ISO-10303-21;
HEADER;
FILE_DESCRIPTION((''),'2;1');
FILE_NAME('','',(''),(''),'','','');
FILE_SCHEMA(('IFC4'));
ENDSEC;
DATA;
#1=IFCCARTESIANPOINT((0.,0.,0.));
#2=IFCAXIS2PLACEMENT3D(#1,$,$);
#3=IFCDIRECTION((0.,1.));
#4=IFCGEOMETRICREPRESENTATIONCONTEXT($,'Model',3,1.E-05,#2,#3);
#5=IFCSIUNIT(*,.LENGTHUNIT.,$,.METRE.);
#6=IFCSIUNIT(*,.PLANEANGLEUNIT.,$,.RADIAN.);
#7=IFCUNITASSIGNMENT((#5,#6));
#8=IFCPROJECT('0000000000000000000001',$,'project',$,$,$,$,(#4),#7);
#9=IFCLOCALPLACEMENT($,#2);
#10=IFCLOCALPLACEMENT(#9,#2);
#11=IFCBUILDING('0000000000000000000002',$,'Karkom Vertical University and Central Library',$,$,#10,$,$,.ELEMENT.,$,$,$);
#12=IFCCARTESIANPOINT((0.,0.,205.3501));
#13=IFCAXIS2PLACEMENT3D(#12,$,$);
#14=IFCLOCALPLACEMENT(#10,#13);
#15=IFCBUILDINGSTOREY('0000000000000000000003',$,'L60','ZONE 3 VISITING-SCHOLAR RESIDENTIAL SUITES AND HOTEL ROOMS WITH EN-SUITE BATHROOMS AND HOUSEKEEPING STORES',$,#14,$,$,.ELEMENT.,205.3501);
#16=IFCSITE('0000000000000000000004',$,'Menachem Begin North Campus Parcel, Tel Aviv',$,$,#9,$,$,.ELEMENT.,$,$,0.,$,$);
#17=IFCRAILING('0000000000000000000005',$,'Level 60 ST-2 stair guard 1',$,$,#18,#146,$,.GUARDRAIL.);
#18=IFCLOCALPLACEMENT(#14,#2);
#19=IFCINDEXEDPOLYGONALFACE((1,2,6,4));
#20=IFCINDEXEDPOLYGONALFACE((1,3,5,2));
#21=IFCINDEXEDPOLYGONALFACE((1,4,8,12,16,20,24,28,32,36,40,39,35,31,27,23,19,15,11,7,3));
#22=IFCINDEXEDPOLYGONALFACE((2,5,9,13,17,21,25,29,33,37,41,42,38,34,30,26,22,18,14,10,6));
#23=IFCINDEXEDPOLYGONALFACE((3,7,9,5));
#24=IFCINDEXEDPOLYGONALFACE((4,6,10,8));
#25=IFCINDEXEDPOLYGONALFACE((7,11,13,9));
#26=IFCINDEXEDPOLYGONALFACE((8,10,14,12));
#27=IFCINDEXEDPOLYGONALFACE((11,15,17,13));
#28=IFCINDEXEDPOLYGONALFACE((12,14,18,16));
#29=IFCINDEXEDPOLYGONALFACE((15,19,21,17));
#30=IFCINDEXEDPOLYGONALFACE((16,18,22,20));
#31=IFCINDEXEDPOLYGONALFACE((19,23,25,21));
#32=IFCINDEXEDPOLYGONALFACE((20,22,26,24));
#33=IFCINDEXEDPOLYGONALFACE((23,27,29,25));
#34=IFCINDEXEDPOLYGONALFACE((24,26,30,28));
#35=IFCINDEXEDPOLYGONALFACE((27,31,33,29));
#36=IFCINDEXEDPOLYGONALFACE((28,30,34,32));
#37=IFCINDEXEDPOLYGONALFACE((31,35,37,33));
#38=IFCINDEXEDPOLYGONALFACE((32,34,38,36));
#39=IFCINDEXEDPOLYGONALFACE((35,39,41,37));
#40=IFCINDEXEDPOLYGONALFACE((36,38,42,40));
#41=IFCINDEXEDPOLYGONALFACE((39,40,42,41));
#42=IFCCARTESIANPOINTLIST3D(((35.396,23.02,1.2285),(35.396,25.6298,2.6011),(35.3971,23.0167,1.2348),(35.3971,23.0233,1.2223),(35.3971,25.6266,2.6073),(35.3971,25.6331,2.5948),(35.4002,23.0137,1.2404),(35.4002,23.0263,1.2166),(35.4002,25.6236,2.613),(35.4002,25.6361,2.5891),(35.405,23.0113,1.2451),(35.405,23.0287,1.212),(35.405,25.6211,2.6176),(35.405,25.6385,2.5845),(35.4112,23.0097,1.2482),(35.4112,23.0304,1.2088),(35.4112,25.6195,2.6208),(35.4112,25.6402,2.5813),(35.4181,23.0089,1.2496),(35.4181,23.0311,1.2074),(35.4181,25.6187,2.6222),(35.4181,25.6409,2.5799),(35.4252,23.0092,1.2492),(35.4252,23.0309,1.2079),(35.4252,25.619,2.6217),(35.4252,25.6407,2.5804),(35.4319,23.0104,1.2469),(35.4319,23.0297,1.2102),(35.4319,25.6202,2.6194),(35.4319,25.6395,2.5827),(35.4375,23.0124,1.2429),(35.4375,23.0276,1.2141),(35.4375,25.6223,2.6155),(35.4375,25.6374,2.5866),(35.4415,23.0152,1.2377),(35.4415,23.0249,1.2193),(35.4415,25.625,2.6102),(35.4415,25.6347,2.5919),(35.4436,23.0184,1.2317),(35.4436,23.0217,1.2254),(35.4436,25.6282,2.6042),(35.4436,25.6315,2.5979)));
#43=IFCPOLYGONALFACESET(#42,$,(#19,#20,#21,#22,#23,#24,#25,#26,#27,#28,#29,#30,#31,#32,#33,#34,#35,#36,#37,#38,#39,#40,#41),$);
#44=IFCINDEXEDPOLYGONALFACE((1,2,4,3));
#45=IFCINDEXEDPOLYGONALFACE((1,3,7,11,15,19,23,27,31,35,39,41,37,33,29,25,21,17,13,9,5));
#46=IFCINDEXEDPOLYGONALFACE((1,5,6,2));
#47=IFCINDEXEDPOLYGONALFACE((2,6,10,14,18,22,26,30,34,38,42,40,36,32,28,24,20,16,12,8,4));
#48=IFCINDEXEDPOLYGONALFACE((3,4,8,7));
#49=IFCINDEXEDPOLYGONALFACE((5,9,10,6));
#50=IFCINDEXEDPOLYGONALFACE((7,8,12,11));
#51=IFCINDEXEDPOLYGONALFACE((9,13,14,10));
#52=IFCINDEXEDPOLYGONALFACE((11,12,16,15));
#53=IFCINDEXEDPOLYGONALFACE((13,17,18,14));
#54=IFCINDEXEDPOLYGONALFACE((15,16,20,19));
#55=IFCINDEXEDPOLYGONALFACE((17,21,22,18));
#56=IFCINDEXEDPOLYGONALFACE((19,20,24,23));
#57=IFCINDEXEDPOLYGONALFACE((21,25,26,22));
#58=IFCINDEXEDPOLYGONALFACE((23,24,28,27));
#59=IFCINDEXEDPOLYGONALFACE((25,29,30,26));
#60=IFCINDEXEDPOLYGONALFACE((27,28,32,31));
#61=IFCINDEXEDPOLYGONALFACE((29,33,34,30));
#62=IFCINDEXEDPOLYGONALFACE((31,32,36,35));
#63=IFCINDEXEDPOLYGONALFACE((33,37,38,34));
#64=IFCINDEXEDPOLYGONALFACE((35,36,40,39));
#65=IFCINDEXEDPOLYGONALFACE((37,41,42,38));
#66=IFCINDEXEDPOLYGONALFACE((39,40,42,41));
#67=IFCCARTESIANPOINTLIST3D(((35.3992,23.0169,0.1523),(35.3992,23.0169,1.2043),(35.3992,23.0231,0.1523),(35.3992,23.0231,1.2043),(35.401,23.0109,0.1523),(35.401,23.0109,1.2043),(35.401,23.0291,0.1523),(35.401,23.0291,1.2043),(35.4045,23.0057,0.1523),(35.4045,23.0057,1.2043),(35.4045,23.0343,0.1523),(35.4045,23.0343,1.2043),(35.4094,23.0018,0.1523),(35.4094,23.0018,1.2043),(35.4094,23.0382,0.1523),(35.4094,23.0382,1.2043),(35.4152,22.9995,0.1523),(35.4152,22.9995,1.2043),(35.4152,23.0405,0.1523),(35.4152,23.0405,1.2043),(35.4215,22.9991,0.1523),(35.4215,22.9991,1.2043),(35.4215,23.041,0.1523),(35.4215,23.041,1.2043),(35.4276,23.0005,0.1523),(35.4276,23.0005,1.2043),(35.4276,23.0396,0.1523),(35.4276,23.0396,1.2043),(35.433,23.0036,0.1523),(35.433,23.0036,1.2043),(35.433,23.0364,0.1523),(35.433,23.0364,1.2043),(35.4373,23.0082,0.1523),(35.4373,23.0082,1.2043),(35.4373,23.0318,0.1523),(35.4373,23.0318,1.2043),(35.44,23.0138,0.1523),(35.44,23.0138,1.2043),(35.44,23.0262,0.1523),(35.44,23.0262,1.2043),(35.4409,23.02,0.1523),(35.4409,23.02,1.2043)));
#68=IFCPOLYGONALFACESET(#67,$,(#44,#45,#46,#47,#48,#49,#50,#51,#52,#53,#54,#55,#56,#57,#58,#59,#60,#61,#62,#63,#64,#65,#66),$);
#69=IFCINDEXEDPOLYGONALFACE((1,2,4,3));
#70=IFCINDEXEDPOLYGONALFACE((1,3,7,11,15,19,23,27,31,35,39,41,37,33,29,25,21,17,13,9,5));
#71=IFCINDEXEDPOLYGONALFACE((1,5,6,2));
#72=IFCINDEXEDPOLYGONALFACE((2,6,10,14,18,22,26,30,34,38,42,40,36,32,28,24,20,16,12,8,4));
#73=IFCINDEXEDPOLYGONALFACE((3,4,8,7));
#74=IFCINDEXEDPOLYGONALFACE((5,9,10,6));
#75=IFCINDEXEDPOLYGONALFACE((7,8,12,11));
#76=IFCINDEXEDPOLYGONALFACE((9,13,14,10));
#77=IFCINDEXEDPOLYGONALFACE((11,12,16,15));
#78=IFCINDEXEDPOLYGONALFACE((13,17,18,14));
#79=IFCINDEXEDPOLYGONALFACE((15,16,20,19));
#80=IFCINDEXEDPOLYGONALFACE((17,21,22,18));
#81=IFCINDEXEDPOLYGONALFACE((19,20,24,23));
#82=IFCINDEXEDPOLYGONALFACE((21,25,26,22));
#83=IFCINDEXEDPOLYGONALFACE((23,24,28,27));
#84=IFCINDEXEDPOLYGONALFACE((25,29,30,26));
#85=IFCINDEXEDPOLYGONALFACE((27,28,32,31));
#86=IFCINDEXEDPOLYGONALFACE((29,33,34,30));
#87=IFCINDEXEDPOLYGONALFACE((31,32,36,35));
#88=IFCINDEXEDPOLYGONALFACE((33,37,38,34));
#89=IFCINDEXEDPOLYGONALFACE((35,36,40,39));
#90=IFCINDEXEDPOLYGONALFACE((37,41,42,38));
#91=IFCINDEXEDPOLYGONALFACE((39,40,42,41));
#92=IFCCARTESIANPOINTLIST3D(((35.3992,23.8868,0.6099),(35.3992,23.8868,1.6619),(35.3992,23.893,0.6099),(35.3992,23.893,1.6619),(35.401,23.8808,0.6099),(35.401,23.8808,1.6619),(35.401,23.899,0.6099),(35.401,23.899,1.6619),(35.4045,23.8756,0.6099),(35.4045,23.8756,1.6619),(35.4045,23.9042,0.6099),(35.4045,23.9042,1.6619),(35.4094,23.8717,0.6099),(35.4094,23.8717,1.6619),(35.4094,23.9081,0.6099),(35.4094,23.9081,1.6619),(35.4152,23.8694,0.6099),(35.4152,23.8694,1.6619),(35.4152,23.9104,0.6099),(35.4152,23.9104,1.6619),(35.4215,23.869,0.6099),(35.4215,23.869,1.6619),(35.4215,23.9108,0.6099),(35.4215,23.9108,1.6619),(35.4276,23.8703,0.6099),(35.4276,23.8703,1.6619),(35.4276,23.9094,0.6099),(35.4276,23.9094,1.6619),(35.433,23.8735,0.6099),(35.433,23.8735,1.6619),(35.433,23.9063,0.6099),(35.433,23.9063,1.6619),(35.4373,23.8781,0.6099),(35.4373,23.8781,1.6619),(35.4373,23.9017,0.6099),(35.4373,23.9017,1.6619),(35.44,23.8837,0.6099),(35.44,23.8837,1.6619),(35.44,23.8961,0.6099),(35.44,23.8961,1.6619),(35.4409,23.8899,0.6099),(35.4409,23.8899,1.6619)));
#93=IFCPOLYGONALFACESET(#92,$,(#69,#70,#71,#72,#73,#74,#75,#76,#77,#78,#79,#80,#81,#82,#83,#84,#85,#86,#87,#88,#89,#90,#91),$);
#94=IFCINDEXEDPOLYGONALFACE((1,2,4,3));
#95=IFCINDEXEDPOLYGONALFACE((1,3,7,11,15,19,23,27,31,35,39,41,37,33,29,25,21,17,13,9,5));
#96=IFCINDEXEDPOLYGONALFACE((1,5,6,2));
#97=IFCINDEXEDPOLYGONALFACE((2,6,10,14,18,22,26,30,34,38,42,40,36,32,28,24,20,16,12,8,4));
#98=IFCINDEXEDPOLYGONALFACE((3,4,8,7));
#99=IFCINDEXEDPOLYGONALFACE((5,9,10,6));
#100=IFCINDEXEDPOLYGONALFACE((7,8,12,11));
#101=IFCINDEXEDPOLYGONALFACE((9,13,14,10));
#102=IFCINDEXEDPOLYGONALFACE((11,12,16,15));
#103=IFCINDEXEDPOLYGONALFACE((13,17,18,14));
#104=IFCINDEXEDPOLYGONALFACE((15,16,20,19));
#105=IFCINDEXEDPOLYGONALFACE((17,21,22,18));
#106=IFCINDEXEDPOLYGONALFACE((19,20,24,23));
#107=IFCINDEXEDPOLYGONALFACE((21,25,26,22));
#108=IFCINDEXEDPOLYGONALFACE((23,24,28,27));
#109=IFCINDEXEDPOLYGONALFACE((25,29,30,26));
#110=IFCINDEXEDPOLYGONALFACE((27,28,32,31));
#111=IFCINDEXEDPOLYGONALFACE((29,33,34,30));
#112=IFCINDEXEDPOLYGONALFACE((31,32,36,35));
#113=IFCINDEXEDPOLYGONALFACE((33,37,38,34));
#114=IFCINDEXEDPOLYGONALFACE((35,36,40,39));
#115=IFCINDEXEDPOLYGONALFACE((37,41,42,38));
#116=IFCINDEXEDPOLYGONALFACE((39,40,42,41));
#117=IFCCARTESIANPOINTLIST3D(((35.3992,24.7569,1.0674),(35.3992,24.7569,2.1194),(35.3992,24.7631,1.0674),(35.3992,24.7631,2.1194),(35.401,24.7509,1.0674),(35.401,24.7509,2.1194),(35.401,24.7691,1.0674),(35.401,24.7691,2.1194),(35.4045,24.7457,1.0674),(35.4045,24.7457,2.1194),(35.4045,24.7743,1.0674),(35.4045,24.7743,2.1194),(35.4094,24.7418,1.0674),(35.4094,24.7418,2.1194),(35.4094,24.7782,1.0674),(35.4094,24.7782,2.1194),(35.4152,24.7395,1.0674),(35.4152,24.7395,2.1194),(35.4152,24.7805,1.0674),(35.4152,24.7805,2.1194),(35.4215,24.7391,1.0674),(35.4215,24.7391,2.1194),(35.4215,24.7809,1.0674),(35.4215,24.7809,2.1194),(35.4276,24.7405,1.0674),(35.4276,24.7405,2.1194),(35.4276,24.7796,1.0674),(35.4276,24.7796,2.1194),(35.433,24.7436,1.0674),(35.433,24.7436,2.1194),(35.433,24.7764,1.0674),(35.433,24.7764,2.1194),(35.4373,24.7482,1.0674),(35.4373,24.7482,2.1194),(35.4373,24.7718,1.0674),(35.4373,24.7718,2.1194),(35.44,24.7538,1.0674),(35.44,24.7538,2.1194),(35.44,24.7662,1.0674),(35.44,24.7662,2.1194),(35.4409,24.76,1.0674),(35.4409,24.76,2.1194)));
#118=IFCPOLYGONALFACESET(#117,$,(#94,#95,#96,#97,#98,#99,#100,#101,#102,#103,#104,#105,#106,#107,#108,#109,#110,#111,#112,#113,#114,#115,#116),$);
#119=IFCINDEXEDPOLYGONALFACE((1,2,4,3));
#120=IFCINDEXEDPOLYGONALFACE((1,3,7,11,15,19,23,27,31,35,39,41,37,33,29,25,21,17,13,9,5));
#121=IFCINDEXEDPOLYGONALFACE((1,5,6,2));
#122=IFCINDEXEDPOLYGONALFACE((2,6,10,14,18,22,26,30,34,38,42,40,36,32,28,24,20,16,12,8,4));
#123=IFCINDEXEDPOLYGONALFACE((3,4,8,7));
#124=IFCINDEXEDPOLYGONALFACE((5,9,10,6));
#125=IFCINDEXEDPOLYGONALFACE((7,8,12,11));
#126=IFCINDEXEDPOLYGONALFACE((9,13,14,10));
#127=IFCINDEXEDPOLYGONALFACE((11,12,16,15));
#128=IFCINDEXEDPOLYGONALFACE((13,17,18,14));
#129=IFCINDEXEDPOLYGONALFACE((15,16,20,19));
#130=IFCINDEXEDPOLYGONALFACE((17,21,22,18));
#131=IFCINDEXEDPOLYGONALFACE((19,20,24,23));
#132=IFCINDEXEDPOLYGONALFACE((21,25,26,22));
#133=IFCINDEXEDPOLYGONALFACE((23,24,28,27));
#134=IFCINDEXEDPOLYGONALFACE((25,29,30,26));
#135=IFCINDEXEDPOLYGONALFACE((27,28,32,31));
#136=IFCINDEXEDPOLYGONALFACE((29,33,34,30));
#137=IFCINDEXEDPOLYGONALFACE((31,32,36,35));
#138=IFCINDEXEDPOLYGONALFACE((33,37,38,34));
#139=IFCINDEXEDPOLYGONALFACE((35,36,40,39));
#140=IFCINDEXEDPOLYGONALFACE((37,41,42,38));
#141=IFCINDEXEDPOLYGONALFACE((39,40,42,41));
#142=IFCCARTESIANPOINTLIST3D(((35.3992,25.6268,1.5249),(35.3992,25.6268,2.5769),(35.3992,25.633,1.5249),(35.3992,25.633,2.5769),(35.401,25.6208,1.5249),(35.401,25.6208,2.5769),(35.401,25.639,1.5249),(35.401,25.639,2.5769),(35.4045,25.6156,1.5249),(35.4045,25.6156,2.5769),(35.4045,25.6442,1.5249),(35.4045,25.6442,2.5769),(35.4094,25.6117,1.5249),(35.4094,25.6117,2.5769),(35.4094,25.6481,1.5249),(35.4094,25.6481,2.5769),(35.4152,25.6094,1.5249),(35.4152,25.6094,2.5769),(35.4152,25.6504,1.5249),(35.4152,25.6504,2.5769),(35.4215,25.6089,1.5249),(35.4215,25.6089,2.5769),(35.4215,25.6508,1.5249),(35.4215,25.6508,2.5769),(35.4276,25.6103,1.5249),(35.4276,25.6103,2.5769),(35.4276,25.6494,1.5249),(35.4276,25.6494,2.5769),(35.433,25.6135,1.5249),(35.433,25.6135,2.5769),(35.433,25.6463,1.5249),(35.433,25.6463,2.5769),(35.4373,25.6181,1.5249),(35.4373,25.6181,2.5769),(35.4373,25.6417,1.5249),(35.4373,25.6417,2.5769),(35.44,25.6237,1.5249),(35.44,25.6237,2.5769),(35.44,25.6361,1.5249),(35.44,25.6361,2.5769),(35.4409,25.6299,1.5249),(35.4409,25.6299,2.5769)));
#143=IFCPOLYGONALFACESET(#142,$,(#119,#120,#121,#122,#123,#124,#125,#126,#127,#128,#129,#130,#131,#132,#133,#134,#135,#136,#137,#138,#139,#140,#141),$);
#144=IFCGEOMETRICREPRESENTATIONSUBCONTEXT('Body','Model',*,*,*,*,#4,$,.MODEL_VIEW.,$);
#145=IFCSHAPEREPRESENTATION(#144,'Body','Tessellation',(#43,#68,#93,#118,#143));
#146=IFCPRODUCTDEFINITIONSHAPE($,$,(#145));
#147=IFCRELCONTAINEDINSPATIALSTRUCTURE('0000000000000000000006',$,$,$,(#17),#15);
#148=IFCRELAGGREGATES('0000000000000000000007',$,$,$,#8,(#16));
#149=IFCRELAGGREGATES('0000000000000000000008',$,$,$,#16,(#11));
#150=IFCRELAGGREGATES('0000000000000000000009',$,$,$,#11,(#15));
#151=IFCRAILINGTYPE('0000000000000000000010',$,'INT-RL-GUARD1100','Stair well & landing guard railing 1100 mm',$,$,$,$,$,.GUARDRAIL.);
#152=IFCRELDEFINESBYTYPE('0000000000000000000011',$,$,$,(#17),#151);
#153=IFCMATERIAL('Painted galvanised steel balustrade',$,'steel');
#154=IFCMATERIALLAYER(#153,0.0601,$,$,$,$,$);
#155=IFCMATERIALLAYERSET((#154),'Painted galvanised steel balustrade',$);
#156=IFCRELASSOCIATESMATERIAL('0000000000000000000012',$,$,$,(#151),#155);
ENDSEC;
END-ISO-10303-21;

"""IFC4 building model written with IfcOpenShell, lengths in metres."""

from ifc_helpers import new_model, si_unit, direction, frame, origin, origin_2d, place, context, subcontext, project, spatial, circle, extrude, material, layer, layer_set, type_object, element, save


model = new_model("IFC4")

# Units and contexts
model_context = context("Model", 3, precision=1e-05, world=origin(), true_north=direction((0.0, 1.0)))
body_context = subcontext(model_context, "Body", "Model", "MODEL_VIEW")
ifc_project = project(units=[si_unit("LENGTHUNIT", "METRE"), si_unit("PLANEANGLEUNIT", "RADIAN")], contexts=[model_context])

# Site, building, storey
site_placement = place(None, origin())
site = spatial("IfcSite", under=ifc_project, at=site_placement, Name="Menachem Begin North Campus Parcel, Tel Aviv", CompositionType="ELEMENT", RefElevation=0.0)
building_placement = place(site_placement, origin())
building = spatial("IfcBuilding", under=site, at=building_placement, Name="Karkom Vertical University and Central Library", CompositionType="ELEMENT")
storey_placement = place(building_placement, frame((0.0, 0.0, 205.3501)))
storey = spatial("IfcBuildingStorey", under=building, at=storey_placement, Name="L60", Description="ZONE 3 VISITING-SCHOLAR RESIDENTIAL SUITES AND HOTEL ROOMS WITH EN-SUITE BATHROOMS AND HOUSEKEEPING STORES", CompositionType="ELEMENT", Elevation=205.3501)

# Railing
ifc_material_1 = material(Name="Painted galvanised steel balustrade", Category="steel")
ifc_layer_1 = layer(ifc_material_1, 0.0601)
ifc_layer_set_1 = layer_set([ifc_layer_1], Name="Painted galvanised steel balustrade")
railing_type_1 = type_object("IfcRailingType", Name="INT-RL-GUARD1100", Description="Stair well & landing guard railing 1100 mm", PredefinedType="GUARDRAIL", material=ifc_layer_set_1)
railing_1_placement = place(storey_placement, frame((35.4199, 23.02, 0.1523)))
element("IfcRailing", 1, at=railing_1_placement, inside=storey, type_object=railing_type_1, Name="Level 60 ST-2 stair guard 1", PredefinedType="GUARDRAIL", context=body_context, shape_type="SweptSolid", body=[
    extrude(circle(Radius=0.0239, at=origin_2d()), frame((0.0, 0.0, 1.0762), z_axis=(0.0, 0.885065, 0.465467), x_axis=(-1.0, 0.0, 0.0)), (0.0, 0.0, 1.0), 2.9487),
    extrude(circle(Radius=0.021, at=origin_2d()), origin(), (0.0, 0.0, 1.0), 1.052),
    extrude(circle(Radius=0.021, at=origin_2d()), frame((0.0, 0.8699, 0.4575)), (0.0, 0.0, 1.0), 1.052),
    extrude(circle(Radius=0.021, at=origin_2d()), frame((0.0, 1.74, 0.915)), (0.0, 0.0, 1.0), 1.052),
    extrude(circle(Radius=0.021, at=origin_2d()), frame((0.0, 2.6099, 1.3726)), (0.0, 0.0, 1.0), 1.052),
])

save(model, "model.ifc")
